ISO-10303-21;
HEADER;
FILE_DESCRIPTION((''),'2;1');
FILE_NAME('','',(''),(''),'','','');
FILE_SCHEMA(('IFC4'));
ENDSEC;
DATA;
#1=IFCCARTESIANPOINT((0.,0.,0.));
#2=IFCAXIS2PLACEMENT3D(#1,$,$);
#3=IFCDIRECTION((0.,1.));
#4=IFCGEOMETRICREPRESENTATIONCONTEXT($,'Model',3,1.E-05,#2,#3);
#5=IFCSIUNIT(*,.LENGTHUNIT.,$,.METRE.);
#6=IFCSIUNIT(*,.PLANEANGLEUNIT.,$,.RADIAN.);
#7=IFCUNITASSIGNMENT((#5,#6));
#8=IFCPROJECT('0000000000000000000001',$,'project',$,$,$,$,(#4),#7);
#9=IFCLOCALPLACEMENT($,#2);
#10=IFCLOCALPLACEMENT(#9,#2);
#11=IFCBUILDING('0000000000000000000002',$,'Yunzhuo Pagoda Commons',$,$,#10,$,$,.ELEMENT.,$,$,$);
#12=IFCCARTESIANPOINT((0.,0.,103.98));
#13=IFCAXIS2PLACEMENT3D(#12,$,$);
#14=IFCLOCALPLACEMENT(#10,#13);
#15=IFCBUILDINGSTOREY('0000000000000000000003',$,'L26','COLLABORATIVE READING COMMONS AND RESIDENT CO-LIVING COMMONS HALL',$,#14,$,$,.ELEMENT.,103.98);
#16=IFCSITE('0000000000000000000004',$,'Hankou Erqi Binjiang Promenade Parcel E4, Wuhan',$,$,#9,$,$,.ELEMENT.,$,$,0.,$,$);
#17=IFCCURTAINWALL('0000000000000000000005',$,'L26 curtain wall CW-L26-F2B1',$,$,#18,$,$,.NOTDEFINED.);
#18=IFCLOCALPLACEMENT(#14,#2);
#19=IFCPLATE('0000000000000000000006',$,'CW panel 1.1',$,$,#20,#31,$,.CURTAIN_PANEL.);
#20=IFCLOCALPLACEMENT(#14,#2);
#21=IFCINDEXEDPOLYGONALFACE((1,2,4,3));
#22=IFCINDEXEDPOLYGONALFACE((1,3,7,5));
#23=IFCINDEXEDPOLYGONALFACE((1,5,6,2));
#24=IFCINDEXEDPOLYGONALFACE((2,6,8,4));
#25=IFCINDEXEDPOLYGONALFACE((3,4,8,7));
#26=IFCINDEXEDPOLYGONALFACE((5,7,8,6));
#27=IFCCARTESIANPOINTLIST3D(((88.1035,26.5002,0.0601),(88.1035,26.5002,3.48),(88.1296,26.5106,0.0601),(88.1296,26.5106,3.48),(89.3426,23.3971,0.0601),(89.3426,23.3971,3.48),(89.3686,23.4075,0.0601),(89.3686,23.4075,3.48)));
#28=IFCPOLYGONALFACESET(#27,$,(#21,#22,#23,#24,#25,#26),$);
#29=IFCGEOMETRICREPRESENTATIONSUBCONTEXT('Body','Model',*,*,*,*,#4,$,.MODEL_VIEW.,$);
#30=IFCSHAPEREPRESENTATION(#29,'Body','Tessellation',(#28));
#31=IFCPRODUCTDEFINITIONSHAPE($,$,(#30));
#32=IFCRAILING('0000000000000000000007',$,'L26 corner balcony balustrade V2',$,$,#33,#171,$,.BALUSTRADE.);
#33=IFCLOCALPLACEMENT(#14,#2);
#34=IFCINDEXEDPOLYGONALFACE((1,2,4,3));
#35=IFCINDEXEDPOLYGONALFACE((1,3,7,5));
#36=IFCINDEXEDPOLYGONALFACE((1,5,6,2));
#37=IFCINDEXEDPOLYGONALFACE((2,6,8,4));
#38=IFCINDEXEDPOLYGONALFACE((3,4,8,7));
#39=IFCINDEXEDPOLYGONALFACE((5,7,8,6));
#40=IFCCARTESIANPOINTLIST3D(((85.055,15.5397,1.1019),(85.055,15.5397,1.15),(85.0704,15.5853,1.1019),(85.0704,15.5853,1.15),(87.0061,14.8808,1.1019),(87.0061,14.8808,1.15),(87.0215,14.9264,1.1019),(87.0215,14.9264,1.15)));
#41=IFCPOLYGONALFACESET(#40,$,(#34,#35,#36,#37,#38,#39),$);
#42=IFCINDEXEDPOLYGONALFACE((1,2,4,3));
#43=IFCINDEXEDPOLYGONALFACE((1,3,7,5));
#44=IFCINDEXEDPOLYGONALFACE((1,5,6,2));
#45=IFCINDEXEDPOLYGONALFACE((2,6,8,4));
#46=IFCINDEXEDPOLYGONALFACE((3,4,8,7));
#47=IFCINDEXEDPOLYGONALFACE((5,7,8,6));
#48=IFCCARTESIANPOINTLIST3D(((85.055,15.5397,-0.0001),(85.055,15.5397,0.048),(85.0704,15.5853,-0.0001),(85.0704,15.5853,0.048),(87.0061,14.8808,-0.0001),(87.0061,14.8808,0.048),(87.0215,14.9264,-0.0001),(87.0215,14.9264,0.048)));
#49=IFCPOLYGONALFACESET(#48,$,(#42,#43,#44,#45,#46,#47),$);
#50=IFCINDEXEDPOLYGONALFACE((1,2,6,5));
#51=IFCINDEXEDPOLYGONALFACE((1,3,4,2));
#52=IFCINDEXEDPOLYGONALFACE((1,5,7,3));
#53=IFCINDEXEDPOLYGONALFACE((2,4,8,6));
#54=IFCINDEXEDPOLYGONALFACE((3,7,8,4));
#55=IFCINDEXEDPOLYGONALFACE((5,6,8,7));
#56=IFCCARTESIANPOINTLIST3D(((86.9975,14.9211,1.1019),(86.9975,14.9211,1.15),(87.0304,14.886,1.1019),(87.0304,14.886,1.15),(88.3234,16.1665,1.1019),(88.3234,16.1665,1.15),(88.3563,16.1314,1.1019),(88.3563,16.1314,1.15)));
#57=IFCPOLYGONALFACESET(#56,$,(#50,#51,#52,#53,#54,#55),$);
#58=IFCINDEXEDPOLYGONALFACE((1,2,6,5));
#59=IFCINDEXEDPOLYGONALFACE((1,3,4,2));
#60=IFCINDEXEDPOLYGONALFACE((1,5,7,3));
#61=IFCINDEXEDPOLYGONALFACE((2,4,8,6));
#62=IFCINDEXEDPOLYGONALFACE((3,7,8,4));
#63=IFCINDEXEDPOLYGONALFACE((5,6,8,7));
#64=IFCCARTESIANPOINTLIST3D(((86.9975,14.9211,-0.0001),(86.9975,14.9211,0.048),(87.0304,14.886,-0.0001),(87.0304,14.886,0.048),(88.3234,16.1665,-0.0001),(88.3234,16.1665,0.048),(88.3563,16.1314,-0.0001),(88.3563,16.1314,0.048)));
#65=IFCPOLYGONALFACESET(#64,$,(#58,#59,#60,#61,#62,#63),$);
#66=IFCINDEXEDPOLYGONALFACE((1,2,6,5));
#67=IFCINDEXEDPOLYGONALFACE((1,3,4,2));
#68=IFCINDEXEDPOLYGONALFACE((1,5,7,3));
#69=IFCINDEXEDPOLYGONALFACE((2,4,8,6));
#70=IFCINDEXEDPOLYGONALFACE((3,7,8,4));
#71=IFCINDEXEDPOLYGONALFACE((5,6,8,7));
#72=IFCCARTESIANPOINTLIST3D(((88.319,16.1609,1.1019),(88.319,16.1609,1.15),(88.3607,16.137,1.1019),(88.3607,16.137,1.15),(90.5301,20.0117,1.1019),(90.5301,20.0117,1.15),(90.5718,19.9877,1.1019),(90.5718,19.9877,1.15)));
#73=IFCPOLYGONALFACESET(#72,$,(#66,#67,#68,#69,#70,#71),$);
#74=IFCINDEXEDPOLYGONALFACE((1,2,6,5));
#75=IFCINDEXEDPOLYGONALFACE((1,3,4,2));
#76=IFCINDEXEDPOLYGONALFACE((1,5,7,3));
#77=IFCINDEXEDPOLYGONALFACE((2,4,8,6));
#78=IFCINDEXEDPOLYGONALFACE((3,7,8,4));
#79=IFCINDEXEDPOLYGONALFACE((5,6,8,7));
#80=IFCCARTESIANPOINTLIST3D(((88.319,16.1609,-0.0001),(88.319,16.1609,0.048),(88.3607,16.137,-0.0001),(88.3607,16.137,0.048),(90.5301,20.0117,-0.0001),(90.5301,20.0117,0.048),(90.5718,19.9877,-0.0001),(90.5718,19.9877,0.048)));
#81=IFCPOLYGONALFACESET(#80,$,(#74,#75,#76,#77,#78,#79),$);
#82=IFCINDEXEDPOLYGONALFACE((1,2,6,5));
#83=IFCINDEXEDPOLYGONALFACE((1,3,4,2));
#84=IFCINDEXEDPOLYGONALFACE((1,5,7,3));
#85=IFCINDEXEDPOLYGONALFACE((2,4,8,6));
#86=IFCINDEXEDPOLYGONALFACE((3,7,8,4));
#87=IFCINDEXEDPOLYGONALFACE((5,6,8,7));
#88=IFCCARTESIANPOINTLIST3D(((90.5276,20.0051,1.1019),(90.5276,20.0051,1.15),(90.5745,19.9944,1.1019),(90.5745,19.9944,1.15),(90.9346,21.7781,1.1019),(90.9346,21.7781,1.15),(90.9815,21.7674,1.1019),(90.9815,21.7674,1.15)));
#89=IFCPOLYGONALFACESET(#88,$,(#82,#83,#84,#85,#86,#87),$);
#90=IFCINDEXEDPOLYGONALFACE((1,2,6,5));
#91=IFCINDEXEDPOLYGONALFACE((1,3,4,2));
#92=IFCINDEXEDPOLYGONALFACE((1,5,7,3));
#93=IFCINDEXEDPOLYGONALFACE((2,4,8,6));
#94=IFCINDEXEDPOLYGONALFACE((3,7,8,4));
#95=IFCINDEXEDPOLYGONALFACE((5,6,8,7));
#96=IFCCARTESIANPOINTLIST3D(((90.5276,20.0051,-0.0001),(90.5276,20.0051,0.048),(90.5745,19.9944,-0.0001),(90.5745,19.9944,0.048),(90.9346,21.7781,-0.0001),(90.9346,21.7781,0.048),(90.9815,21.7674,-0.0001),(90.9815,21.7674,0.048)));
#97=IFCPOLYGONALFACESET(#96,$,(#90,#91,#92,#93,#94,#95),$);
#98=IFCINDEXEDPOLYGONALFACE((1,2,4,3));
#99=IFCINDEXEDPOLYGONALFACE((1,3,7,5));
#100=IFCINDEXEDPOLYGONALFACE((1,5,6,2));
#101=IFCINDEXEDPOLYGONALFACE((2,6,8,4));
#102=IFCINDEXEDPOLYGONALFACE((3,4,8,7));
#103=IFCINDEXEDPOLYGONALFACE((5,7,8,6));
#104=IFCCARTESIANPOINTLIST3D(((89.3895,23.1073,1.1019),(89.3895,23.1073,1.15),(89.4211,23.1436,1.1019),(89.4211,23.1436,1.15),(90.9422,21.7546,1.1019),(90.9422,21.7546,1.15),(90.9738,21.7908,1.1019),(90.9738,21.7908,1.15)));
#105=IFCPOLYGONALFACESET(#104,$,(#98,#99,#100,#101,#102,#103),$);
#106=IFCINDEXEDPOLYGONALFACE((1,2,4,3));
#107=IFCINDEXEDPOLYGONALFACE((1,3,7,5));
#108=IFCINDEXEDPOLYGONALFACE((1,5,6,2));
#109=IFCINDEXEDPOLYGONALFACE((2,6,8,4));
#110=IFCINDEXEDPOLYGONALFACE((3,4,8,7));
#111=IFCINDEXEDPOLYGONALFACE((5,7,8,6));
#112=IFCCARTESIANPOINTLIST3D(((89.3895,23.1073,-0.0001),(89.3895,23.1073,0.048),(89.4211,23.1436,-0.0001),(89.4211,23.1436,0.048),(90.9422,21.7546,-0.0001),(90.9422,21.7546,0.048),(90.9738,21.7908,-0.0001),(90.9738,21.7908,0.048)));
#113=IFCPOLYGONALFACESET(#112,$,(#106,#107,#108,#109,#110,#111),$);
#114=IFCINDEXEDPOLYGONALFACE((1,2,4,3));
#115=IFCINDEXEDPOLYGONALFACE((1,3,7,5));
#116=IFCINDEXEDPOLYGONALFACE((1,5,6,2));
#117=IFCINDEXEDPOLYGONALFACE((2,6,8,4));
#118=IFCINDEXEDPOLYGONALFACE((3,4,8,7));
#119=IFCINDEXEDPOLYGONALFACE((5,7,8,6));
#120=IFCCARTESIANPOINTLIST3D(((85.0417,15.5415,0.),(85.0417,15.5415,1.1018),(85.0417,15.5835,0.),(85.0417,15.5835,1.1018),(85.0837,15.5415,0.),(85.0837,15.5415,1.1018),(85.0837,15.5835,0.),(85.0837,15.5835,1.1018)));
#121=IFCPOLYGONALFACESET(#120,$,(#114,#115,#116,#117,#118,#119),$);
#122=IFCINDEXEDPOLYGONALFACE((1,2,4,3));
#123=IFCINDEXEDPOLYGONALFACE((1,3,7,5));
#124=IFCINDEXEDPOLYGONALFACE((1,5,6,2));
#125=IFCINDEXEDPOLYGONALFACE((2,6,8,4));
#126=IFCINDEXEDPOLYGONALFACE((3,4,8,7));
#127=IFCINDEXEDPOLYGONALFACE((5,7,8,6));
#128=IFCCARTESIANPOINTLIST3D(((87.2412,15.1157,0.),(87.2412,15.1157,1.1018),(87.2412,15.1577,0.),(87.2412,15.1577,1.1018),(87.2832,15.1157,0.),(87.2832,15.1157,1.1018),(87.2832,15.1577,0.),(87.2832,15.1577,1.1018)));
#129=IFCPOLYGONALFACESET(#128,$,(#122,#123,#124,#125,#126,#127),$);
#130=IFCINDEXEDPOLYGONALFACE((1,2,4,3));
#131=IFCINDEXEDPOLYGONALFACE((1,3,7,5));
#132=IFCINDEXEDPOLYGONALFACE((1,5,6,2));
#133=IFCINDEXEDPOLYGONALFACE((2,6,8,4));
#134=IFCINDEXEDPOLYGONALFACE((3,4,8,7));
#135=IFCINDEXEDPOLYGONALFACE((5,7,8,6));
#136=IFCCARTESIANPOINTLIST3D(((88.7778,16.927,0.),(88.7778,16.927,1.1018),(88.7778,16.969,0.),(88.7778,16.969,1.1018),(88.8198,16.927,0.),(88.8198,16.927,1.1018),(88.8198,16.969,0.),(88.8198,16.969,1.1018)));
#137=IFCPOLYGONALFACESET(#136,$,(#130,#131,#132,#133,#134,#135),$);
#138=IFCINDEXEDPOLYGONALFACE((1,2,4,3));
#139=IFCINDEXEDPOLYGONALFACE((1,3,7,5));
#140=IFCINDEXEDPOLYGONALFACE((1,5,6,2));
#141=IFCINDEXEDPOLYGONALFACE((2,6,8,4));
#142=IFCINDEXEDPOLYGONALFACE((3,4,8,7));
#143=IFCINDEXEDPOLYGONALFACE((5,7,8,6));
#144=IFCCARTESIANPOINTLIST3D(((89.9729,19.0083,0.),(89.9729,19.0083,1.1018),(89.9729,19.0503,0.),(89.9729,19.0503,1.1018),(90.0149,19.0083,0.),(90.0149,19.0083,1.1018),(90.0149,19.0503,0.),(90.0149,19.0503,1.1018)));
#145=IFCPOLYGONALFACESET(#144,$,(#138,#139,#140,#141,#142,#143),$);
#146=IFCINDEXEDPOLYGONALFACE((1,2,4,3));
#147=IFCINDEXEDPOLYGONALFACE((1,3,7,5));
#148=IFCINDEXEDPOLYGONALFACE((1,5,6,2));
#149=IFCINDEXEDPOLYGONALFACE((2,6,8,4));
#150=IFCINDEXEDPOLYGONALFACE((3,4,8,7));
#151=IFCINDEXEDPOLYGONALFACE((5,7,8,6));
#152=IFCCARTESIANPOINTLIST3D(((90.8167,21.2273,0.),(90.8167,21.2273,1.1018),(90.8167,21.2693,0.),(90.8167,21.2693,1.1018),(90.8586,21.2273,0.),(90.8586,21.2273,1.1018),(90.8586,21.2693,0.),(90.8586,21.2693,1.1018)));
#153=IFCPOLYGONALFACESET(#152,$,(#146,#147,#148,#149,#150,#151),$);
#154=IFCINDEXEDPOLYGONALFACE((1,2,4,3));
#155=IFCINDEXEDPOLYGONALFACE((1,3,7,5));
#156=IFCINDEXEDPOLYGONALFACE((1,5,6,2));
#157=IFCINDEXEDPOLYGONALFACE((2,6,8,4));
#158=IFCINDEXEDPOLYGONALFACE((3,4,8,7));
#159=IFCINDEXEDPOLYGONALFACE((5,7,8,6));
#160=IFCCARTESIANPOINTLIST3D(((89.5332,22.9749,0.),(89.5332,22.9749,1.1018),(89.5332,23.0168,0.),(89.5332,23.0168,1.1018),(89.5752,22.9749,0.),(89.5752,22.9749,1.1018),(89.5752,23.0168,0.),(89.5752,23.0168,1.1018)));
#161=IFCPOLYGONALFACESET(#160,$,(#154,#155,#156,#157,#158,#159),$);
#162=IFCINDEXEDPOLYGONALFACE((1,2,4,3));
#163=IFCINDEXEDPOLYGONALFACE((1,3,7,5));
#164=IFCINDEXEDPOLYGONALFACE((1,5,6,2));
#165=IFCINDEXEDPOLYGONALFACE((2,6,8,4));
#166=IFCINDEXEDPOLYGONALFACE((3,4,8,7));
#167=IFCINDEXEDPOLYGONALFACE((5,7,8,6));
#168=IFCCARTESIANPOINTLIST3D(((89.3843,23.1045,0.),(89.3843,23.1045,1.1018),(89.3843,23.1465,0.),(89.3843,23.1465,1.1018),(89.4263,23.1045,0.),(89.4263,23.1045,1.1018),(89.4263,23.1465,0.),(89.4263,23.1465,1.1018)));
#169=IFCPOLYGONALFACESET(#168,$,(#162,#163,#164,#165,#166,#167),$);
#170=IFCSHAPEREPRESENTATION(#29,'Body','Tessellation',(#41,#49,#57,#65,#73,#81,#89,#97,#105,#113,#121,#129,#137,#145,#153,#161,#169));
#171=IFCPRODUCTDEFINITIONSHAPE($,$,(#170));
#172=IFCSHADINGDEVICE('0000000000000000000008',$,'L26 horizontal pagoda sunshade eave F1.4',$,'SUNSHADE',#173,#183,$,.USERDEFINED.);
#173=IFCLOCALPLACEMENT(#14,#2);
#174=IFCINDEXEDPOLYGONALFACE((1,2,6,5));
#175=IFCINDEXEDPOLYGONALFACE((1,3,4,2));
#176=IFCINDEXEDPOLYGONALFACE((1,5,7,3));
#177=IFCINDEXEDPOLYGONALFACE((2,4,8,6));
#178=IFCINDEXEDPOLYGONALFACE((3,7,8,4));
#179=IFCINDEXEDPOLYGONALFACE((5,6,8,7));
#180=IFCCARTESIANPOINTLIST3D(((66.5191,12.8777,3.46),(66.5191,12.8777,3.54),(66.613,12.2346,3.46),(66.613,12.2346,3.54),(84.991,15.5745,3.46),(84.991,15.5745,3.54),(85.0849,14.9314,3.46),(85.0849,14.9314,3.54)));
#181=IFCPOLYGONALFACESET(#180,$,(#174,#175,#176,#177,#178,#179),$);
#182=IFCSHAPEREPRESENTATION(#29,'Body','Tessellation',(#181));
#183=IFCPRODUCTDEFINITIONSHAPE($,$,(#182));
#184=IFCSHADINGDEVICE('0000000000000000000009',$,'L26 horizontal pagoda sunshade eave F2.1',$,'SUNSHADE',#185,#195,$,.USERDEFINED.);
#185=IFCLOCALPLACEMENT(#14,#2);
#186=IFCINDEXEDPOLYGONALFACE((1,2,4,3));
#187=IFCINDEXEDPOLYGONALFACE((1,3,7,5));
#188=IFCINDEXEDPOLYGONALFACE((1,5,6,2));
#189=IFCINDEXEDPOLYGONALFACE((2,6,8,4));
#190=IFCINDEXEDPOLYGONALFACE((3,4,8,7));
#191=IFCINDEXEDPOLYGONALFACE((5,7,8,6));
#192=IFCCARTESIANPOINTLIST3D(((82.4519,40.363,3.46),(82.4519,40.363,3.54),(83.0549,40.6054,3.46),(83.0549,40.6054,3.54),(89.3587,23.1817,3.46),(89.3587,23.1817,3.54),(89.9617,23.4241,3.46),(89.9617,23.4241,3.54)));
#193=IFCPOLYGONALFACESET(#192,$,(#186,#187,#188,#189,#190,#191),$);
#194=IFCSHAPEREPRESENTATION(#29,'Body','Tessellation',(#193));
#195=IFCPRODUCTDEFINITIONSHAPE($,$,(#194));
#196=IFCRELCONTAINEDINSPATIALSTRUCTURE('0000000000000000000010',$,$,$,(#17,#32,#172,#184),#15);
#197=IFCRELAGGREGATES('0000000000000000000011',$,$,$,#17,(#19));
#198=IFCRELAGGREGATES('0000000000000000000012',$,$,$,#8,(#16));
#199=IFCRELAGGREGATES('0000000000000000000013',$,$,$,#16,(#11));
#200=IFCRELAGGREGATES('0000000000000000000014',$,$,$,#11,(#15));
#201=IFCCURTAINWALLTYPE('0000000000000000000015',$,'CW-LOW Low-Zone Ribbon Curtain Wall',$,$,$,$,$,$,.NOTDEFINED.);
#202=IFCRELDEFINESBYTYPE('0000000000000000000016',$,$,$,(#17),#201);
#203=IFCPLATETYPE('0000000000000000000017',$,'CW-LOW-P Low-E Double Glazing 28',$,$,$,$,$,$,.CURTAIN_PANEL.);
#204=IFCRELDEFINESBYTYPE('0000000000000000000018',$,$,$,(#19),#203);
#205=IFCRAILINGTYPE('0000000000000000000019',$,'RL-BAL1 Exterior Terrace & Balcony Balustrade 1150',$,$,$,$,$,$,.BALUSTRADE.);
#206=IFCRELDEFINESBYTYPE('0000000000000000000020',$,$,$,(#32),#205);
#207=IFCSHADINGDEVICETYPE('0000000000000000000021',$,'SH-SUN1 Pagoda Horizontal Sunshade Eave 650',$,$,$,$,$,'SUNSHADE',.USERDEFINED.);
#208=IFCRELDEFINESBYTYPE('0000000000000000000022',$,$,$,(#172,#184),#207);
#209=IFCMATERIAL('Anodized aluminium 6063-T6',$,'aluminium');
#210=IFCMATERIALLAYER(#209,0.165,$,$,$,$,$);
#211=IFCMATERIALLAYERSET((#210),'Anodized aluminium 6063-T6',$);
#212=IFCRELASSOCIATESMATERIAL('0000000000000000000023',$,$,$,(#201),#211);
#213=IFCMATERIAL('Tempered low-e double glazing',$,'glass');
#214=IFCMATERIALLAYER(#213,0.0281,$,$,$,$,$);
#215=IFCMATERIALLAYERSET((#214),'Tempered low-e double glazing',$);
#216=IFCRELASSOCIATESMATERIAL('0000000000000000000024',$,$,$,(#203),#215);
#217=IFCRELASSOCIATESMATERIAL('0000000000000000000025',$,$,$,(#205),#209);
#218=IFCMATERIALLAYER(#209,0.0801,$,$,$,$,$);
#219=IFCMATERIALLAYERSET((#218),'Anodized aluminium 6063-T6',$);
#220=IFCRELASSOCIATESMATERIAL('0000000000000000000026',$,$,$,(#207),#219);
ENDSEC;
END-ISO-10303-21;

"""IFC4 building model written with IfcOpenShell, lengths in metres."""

from ifc_helpers import new_model, si_unit, direction, frame, origin, origin_2d, place, context, subcontext, project, spatial, rectangle, extrude, source, transform, mapped, material, layer, layer_set, type_object, element, aggregate, save


model = new_model("IFC4")

# Units and contexts
model_context = context("Model", 3, precision=1e-05, world=origin(), true_north=direction((0.0, 1.0)))
body_context = subcontext(model_context, "Body", "Model", "MODEL_VIEW")
ifc_project = project(units=[si_unit("LENGTHUNIT", "METRE"), si_unit("PLANEANGLEUNIT", "RADIAN")], contexts=[model_context])

# Site, building, storey
site_placement = place(None, origin())
site = spatial("IfcSite", under=ifc_project, at=site_placement, Name="Hankou Erqi Binjiang Promenade Parcel E4, Wuhan", CompositionType="ELEMENT", RefElevation=0.0)
building_placement = place(site_placement, origin())
building = spatial("IfcBuilding", under=site, at=building_placement, Name="Yunzhuo Pagoda Commons", CompositionType="ELEMENT")
storey_placement = place(building_placement, frame((0.0, 0.0, 103.98)))
storey = spatial("IfcBuildingStorey", under=building, at=storey_placement, Name="L26", Description="COLLABORATIVE READING COMMONS AND RESIDENT CO-LIVING COMMONS HALL", CompositionType="ELEMENT", Elevation=103.98)

# Shared definitions
ifc_material_1 = material(Name="Anodized aluminium 6063-T6", Category="aluminium")
ifc_layer_1 = layer(ifc_material_1, 0.165)
ifc_layer_set_1 = layer_set([ifc_layer_1], Name="Anodized aluminium 6063-T6")
curtain_wall_type = type_object("IfcCurtainWallType", Name="CW-LOW Low-Zone Ribbon Curtain Wall", PredefinedType="NOTDEFINED", material=ifc_layer_set_1)

# Curtain wall
curtain_wall_1_placement = place(storey_placement, origin())
curtain_wall_1 = element("IfcCurtainWall", 1, at=curtain_wall_1_placement, inside=storey, type_object=curtain_wall_type, Name="L26 curtain wall CW-L26-F2B1", PredefinedType="NOTDEFINED")

# Plate
ifc_material_2 = material(Name="Tempered low-e double glazing", Category="glass")
ifc_layer_2 = layer(ifc_material_2, 0.0281)
ifc_layer_set_2 = layer_set([ifc_layer_2], Name="Tempered low-e double glazing")
plate_type_1 = type_object("IfcPlateType", Name="CW-LOW-P Low-E Double Glazing 28", PredefinedType="CURTAIN_PANEL", material=ifc_layer_set_2)
shared_shape_1 = source(origin(), body_context, "Body", "SweptSolid", [
    extrude(rectangle(XDim=3.3413, YDim=0.0281, at=origin_2d()), origin(), (0.0, 0.0, 1.0), 3.4199),
])
plate_1_placement = place(storey_placement, frame((88.7361, 24.9539, 0.0601), z_axis=(0.0, 0.0, 1.0), x_axis=(-0.370829, 0.928701, 0.0)))
plate_1 = element("IfcPlate", 2, at=plate_1_placement, type_object=plate_type_1, Name="CW panel 1.1", PredefinedType="CURTAIN_PANEL", context=body_context, shape_type="MappedRepresentation", body=[
    mapped(shared_shape_1, transform((0.0, 0.0, 0.0), scale=1.0)),
])
aggregate(curtain_wall_1, [plate_1])

# Railing
railing_type = type_object("IfcRailingType", Name="RL-BAL1 Exterior Terrace & Balcony Balustrade 1150", PredefinedType="BALUSTRADE", material=ifc_material_1)
railing_placement = place(storey_placement, frame((85.0627, 15.5625, 0.0)))
element("IfcRailing", 3, at=railing_placement, inside=storey, type_object=railing_type, Name="L26 corner balcony balustrade V2", PredefinedType="BALUSTRADE", context=body_context, shape_type="SweptSolid", body=[
    extrude(rectangle(XDim=0.0481, YDim=0.0481, at=origin_2d()), frame((0.0, 0.0, 1.126), z_axis=(0.947431, -0.31996, 0.0), x_axis=(0.31996, 0.947431, 0.0)), (0.0, 0.0, 1.0), 2.0593),
    extrude(rectangle(XDim=0.0481, YDim=0.0481, at=origin_2d()), frame((0.0, 0.0, 0.0239), z_axis=(0.947431, -0.31996, 0.0), x_axis=(0.31996, 0.947431, 0.0)), (0.0, 0.0, 1.0), 2.0593),
    extrude(rectangle(XDim=0.0481, YDim=0.0481, at=origin_2d()), frame((1.9512, -0.6589, 1.126), z_axis=(0.728905, 0.684615, 0.0), x_axis=(-0.684615, 0.728905, 0.0)), (0.0, 0.0, 1.0), 1.8191),
    extrude(rectangle(XDim=0.0481, YDim=0.0481, at=origin_2d()), frame((1.9512, -0.6589, 0.0239), z_axis=(0.728905, 0.684615, 0.0), x_axis=(-0.684615, 0.728905, 0.0)), (0.0, 0.0, 1.0), 1.8191),
    extrude(rectangle(XDim=0.0481, YDim=0.0481, at=origin_2d()), frame((3.2771, 0.5864, 1.126), z_axis=(0.497956, 0.867203, 0.0), x_axis=(-0.867203, 0.497956, 0.0)), (0.0, 0.0, 1.0), 4.4404),
    extrude(rectangle(XDim=0.0481, YDim=0.0481, at=origin_2d()), frame((3.2771, 0.5864, 0.0239), z_axis=(0.497956, 0.867203, 0.0), x_axis=(-0.867203, 0.497956, 0.0)), (0.0, 0.0, 1.0), 4.4404),
    extrude(rectangle(XDim=0.0481, YDim=0.0481, at=origin_2d()), frame((5.4883, 4.4373, 1.126), z_axis=(0.223732, 0.974651, 0.0), x_axis=(-0.974651, 0.223732, 0.0)), (0.0, 0.0, 1.0), 1.8191),
    extrude(rectangle(XDim=0.0481, YDim=0.0481, at=origin_2d()), frame((5.4883, 4.4373, 0.0239), z_axis=(0.223732, 0.974651, 0.0), x_axis=(-0.974651, 0.223732, 0.0)), (0.0, 0.0, 1.0), 1.8191),
    extrude(rectangle(XDim=0.0481, YDim=0.0481, at=origin_2d()), frame((5.8953, 6.2102, 1.126), z_axis=(-0.753985, 0.656892, 0.0), x_axis=(-0.656892, -0.753985, 0.0)), (0.0, 0.0, 1.0), 2.0593),
    extrude(rectangle(XDim=0.0481, YDim=0.0481, at=origin_2d()), frame((5.8953, 6.2102, 0.0239), z_axis=(-0.753985, 0.656892, 0.0), x_axis=(-0.656892, -0.753985, 0.0)), (0.0, 0.0, 1.0), 2.0593),
    extrude(rectangle(XDim=0.042, YDim=0.042, at=origin_2d()), origin(), (0.0, 0.0, 1.0), 1.1018),
    extrude(rectangle(XDim=0.042, YDim=0.042, at=origin_2d()), frame((2.1995, -0.4258, 0.0)), (0.0, 0.0, 1.0), 1.1018),
    extrude(rectangle(XDim=0.042, YDim=0.042, at=origin_2d()), frame((3.7361, 1.3855, 0.0)), (0.0, 0.0, 1.0), 1.1018),
    extrude(rectangle(XDim=0.042, YDim=0.042, at=origin_2d()), frame((4.9312, 3.4668, 0.0)), (0.0, 0.0, 1.0), 1.1018),
    extrude(rectangle(XDim=0.042, YDim=0.042, at=origin_2d()), frame((5.7749, 5.6858, 0.0)), (0.0, 0.0, 1.0), 1.1018),
    extrude(rectangle(XDim=0.042, YDim=0.042, at=origin_2d()), frame((4.4915, 7.4333, 0.0)), (0.0, 0.0, 1.0), 1.1018),
    extrude(rectangle(XDim=0.042, YDim=0.042, at=origin_2d()), frame((4.3425, 7.563, 0.0)), (0.0, 0.0, 1.0), 1.1018),
])

# Shading devices
ifc_layer_3 = layer(ifc_material_1, 0.0801)
ifc_layer_set_3 = layer_set([ifc_layer_3], Name="Anodized aluminium 6063-T6")
shading_device_type = type_object("IfcShadingDeviceType", Name="SH-SUN1 Pagoda Horizontal Sunshade Eave 650", ElementType="SUNSHADE", PredefinedType="USERDEFINED", material=ifc_layer_set_3)
shared_shape_2 = source(origin(), body_context, "Body", "SweptSolid", [
    extrude(rectangle(XDim=18.6677, YDim=0.6499, at=origin_2d()), origin(), (0.0, 0.0, 1.0), 0.0801),
])
shading_device_1_placement = place(storey_placement, frame((75.802, 13.9045, 3.46), z_axis=(0.0, 0.0, 1.0), x_axis=(0.989511, 0.14446, 0.0)))
element("IfcShadingDevice", 4, at=shading_device_1_placement, inside=storey, type_object=shading_device_type, Name="L26 horizontal pagoda sunshade eave F1.4", ObjectType="SUNSHADE", PredefinedType="USERDEFINED", context=body_context, shape_type="MappedRepresentation", body=[
    mapped(shared_shape_2, transform((0.0, 0.0, 0.0), scale=1.0)),
])
shared_shape_3 = source(origin(), body_context, "Body", "SweptSolid", [
    extrude(rectangle(XDim=18.5176, YDim=0.6499, at=origin_2d()), origin(), (0.0, 0.0, 1.0), 0.0801),
])
shading_device_2_placement = place(storey_placement, frame((86.2068, 31.8936, 3.46), z_axis=(0.0, 0.0, 1.0), x_axis=(-0.372988, 0.927836, 0.0)))
element("IfcShadingDevice", 5, at=shading_device_2_placement, inside=storey, type_object=shading_device_type, Name="L26 horizontal pagoda sunshade eave F2.1", ObjectType="SUNSHADE", PredefinedType="USERDEFINED", context=body_context, shape_type="MappedRepresentation", body=[
    mapped(shared_shape_3, transform((0.0, 0.0, 0.0), scale=1.0)),
])

save(model, "model.ifc")
